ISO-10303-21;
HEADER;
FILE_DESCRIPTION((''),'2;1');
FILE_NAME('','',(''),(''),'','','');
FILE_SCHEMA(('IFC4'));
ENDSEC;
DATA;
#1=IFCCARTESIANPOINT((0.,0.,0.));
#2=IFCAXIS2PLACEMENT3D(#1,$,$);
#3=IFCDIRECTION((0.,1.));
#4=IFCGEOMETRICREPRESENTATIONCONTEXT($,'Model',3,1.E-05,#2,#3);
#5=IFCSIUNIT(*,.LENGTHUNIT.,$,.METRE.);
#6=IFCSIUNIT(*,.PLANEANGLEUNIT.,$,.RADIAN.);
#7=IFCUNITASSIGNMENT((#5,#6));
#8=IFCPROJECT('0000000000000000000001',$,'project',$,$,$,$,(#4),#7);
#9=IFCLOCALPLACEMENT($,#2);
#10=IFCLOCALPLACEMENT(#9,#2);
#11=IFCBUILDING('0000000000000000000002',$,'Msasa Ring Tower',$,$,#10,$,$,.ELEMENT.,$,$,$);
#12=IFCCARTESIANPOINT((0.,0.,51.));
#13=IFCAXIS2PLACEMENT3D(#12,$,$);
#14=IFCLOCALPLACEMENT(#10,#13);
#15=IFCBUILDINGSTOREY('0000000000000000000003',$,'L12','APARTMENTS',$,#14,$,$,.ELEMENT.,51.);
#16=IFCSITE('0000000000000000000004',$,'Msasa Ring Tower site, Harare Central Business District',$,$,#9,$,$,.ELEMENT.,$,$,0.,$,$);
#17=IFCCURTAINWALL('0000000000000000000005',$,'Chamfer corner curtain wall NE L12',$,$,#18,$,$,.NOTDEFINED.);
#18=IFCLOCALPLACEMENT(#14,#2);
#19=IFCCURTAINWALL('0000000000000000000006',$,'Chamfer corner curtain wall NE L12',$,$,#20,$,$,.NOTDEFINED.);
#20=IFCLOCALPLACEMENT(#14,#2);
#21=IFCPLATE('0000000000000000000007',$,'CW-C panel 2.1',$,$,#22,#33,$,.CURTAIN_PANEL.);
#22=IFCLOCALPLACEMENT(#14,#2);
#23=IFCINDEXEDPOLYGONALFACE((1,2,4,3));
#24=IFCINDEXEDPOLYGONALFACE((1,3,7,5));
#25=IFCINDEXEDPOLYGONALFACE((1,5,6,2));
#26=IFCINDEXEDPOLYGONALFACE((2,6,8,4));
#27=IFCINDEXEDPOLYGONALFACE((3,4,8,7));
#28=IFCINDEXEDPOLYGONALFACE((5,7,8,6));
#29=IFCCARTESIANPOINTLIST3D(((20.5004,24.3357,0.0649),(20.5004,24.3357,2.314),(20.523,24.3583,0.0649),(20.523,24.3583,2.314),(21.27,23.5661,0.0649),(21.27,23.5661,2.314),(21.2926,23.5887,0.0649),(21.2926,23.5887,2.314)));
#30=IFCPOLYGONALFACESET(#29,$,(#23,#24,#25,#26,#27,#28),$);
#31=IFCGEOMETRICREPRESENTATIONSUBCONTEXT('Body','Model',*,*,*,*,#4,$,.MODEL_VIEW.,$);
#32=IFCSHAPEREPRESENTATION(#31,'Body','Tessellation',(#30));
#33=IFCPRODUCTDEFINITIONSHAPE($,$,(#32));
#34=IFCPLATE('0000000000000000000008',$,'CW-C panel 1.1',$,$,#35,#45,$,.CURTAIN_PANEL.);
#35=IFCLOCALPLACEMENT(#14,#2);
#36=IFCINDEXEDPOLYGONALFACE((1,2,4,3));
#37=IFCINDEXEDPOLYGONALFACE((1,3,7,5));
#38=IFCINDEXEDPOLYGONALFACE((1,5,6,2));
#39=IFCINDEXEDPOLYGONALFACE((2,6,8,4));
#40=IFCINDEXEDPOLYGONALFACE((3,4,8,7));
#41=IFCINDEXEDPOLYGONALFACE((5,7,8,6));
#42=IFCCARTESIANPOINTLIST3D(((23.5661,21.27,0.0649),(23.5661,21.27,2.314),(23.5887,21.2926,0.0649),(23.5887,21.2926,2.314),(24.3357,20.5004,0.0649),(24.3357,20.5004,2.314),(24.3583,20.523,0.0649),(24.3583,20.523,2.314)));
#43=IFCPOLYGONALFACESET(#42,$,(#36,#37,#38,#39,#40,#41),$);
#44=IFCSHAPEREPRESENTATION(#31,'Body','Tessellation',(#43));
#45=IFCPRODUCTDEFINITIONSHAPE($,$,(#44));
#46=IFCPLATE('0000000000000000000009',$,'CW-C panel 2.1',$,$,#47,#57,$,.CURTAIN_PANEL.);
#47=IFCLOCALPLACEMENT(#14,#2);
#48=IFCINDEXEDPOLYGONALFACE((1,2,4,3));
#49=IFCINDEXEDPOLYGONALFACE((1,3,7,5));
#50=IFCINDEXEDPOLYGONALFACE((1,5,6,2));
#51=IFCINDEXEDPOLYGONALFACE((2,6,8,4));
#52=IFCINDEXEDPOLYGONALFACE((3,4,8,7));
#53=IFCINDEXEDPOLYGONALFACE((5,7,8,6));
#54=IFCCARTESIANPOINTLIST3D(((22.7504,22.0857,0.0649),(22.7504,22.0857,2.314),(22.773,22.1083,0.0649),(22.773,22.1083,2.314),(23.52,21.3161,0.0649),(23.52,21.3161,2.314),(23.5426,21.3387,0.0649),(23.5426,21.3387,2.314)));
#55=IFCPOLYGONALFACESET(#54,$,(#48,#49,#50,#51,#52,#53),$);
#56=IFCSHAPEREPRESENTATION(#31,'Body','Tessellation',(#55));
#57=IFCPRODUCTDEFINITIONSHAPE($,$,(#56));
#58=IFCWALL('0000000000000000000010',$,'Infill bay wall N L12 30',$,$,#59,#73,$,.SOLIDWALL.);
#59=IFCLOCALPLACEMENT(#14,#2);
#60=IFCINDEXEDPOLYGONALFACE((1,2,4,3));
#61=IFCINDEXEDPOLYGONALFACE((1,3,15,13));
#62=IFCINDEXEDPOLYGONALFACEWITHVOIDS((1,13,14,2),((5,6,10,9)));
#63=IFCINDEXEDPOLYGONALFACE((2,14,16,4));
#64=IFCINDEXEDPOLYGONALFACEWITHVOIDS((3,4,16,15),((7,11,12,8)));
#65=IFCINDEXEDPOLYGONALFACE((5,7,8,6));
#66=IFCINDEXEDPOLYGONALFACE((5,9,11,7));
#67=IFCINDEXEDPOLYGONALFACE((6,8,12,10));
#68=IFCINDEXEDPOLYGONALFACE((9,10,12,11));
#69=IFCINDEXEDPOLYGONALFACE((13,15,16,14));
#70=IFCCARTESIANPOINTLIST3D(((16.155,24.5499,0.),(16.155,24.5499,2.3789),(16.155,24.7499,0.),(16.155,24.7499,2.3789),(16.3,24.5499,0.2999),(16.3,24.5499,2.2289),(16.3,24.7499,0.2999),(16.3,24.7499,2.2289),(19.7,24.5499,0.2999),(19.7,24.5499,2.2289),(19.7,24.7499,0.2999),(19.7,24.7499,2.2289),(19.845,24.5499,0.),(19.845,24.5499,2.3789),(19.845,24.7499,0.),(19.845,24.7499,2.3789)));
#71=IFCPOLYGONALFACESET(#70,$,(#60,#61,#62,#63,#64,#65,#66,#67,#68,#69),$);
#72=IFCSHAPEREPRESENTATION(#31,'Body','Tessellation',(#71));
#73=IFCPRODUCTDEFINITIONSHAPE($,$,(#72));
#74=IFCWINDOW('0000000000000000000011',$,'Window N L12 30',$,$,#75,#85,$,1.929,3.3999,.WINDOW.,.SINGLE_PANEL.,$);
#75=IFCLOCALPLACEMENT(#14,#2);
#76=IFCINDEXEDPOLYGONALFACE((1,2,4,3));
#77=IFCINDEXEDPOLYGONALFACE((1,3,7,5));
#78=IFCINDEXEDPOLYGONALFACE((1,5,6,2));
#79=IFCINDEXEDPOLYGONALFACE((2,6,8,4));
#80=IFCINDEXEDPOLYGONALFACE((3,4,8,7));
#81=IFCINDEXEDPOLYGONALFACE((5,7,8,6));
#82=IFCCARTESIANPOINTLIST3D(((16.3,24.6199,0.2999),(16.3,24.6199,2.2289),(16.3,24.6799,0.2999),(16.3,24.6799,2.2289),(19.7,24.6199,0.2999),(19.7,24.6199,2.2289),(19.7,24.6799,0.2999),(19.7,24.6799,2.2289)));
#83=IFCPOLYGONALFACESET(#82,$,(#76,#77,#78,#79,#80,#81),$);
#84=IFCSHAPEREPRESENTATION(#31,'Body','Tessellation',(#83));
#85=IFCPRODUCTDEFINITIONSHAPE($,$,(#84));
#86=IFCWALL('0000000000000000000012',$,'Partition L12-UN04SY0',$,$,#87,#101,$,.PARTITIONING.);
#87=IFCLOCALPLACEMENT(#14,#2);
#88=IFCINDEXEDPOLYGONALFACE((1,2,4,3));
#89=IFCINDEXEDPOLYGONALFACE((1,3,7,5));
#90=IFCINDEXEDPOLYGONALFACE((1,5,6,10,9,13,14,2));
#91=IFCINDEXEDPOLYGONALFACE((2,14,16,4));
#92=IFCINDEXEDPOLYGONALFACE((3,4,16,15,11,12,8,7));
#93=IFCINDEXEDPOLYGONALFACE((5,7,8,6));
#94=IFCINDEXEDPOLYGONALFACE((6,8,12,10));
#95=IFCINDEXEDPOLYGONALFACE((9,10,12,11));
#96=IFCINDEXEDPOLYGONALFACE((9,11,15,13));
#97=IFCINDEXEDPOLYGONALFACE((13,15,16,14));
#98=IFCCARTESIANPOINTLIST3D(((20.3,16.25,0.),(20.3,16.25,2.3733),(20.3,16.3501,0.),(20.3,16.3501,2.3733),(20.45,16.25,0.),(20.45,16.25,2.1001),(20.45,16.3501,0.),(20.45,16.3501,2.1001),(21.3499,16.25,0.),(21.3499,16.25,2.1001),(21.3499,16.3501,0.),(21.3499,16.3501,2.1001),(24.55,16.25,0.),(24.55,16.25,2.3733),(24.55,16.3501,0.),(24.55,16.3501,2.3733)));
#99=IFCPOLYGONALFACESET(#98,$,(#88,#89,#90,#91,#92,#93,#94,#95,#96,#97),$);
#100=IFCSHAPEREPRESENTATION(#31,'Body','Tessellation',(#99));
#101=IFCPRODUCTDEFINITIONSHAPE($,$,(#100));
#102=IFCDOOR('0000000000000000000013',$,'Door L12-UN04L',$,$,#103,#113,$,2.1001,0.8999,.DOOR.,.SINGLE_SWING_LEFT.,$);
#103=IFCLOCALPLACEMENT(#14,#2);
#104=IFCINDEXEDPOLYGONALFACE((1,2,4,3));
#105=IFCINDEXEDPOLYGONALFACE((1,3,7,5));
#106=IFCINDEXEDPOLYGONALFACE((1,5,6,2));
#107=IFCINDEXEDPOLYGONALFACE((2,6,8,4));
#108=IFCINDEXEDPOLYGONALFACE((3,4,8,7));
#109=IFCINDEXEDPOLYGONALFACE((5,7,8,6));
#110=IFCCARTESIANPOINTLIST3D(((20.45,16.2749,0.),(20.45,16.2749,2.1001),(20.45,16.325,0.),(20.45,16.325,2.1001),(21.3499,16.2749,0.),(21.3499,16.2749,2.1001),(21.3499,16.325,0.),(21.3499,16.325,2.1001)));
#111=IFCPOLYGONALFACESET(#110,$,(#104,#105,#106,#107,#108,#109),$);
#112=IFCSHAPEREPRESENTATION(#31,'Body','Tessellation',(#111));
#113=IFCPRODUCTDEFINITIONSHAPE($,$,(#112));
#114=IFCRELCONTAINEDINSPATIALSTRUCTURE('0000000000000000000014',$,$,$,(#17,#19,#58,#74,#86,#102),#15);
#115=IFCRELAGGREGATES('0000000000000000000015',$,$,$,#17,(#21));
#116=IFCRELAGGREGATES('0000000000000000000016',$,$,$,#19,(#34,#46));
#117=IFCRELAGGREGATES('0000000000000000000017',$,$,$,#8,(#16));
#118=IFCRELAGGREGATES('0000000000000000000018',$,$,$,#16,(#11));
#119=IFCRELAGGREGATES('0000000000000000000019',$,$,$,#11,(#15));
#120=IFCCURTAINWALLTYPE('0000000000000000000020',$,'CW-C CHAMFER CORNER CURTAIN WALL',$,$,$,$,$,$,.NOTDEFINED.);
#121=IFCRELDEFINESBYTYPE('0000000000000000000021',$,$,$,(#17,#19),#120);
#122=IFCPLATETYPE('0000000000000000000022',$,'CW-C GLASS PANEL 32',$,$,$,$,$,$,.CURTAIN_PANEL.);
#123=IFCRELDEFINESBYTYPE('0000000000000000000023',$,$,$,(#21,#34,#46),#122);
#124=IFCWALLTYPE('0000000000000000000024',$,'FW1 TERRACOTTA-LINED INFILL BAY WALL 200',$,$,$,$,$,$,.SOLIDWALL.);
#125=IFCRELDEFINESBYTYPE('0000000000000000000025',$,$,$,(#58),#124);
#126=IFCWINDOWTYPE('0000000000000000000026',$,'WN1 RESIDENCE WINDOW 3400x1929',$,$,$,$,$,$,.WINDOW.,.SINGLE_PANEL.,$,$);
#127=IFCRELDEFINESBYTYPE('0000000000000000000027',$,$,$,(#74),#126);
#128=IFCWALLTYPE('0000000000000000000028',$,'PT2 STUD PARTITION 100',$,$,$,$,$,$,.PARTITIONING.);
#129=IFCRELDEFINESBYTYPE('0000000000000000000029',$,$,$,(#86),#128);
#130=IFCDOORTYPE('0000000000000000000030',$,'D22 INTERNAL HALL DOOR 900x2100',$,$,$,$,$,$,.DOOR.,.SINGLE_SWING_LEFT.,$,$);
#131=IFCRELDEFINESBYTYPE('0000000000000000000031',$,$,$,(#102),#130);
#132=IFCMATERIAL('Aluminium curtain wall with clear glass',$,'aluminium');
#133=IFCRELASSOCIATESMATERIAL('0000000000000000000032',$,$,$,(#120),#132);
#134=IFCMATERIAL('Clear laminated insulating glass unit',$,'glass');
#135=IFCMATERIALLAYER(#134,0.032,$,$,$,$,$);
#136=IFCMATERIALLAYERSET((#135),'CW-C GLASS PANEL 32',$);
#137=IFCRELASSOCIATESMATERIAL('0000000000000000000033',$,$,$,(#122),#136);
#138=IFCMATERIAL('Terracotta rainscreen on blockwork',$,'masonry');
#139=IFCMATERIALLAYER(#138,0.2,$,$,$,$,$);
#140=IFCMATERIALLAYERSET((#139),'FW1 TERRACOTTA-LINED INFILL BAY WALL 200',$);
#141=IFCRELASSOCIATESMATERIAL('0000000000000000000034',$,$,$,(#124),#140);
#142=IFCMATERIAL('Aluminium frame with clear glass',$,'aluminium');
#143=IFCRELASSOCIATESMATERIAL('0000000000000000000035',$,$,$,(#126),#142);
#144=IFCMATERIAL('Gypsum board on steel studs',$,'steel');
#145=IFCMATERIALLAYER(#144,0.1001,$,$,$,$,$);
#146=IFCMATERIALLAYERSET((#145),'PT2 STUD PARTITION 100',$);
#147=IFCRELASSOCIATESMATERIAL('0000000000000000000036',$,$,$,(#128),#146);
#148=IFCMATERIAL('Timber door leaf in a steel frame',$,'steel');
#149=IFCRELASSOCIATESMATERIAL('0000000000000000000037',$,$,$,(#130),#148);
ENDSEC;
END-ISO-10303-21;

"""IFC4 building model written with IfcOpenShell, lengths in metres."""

from ifc_helpers import new_model, si_unit, direction, frame, frame_2d, origin, origin_2d, place, context, subcontext, project, spatial, rectangle, extrude, material, layer, layer_set, type_object, element, fill, aggregate, save


model = new_model("IFC4")

# Units and contexts
model_context = context("Model", 3, precision=1e-05, world=origin(), true_north=direction((0.0, 1.0)))
body_context = subcontext(model_context, "Body", "Model", "MODEL_VIEW")
ifc_project = project(units=[si_unit("LENGTHUNIT", "METRE"), si_unit("PLANEANGLEUNIT", "RADIAN")], contexts=[model_context])

# Site, building, storey
site_placement = place(None, origin())
site = spatial("IfcSite", under=ifc_project, at=site_placement, Name="Msasa Ring Tower site, Harare Central Business District", CompositionType="ELEMENT", RefElevation=0.0)
building_placement = place(site_placement, origin())
building = spatial("IfcBuilding", under=site, at=building_placement, Name="Msasa Ring Tower", CompositionType="ELEMENT")
storey_placement = place(building_placement, frame((0.0, 0.0, 51.0)))
storey = spatial("IfcBuildingStorey", under=building, at=storey_placement, Name="L12", Description="APARTMENTS", CompositionType="ELEMENT", Elevation=51.0)

# Curtain walls
ifc_material_1 = material(Name="Aluminium curtain wall with clear glass", Category="aluminium")
curtain_wall_type = type_object("IfcCurtainWallType", Name="CW-C CHAMFER CORNER CURTAIN WALL", PredefinedType="NOTDEFINED", material=ifc_material_1)
curtain_wall_1_placement = place(storey_placement, origin())
curtain_wall_1 = element("IfcCurtainWall", 1, at=curtain_wall_1_placement, inside=storey, type_object=curtain_wall_type, Name="Chamfer corner curtain wall NE L12", PredefinedType="NOTDEFINED")
curtain_wall_2_placement = place(storey_placement, origin())
curtain_wall_2 = element("IfcCurtainWall", 2, at=curtain_wall_2_placement, inside=storey, type_object=curtain_wall_type, Name="Chamfer corner curtain wall NE L12", PredefinedType="NOTDEFINED")

# Plates
ifc_material_2 = material(Name="Clear laminated insulating glass unit", Category="glass")
ifc_layer_1 = layer(ifc_material_2, 0.032)
ifc_layer_set_1 = layer_set([ifc_layer_1], Name="CW-C GLASS PANEL 32")
plate_type = type_object("IfcPlateType", Name="CW-C GLASS PANEL 32", PredefinedType="CURTAIN_PANEL", material=ifc_layer_set_1)
plate_1_placement = place(storey_placement, frame((20.8965, 23.9622, 0.0649), z_axis=(0.0, 0.0, 1.0), x_axis=(-0.707107, 0.707107, 0.0)))
plate_1 = element("IfcPlate", 3, at=plate_1_placement, type_object=plate_type, Name="CW-C panel 2.1", PredefinedType="CURTAIN_PANEL", context=body_context, shape_type="SweptSolid", body=[
    extrude(rectangle(XDim=1.0884, YDim=0.032, at=origin_2d()), origin(), (0.0, 0.0, 1.0), 2.249),
])
aggregate(curtain_wall_1, [plate_1])
plate_2_placement = place(storey_placement, frame((23.9622, 20.8965, 0.0649), z_axis=(0.0, 0.0, 1.0), x_axis=(-0.707107, 0.707107, 0.0)))
plate_2 = element("IfcPlate", 4, at=plate_2_placement, type_object=plate_type, Name="CW-C panel 1.1", PredefinedType="CURTAIN_PANEL", context=body_context, shape_type="SweptSolid", body=[
    extrude(rectangle(XDim=1.0884, YDim=0.032, at=origin_2d()), origin(), (0.0, 0.0, 1.0), 2.249),
])
plate_3_placement = place(storey_placement, frame((23.1465, 21.7122, 0.0649), z_axis=(0.0, 0.0, 1.0), x_axis=(-0.707107, 0.707107, 0.0)))
plate_3 = element("IfcPlate", 5, at=plate_3_placement, type_object=plate_type, Name="CW-C panel 2.1", PredefinedType="CURTAIN_PANEL", context=body_context, shape_type="SweptSolid", body=[
    extrude(rectangle(XDim=1.0884, YDim=0.032, at=origin_2d()), origin(), (0.0, 0.0, 1.0), 2.249),
])
aggregate(curtain_wall_2, [plate_2, plate_3])

# Wall, opening, window
ifc_material_3 = material(Name="Terracotta rainscreen on blockwork", Category="masonry")
ifc_layer_2 = layer(ifc_material_3, 0.2)
ifc_layer_set_2 = layer_set([ifc_layer_2], Name="FW1 TERRACOTTA-LINED INFILL BAY WALL 200")
wall_type_1 = type_object("IfcWallType", Name="FW1 TERRACOTTA-LINED INFILL BAY WALL 200", PredefinedType="SOLIDWALL", material=ifc_layer_set_2)
wall_1_placement = place(storey_placement, frame((16.155, 24.6499, 0.0), z_axis=(0.0, 0.0, 1.0), x_axis=(1.0, 0.0, 0.0)))
wall_1 = element("IfcWall", 6, at=wall_1_placement, inside=storey, type_object=wall_type_1, Name="Infill bay wall N L12 30", PredefinedType="SOLIDWALL", context=body_context, shape_type="SweptSolid", body=[
    extrude(rectangle(XDim=3.6899, YDim=0.2, at=frame_2d((1.845, 0.0))), origin(), (0.0, 0.0, 1.0), 2.3789),
])
opening_1_placement = place(wall_1_placement, frame((0.145, 0.0, 0.3)))
opening_1 = element("IfcOpeningElement", 7, at=opening_1_placement, cuts=wall_1, PredefinedType="OPENING", context=body_context, shape_type="SweptSolid", body=[
    extrude(rectangle(XDim=3.3999, YDim=1.929, at=frame_2d((1.7, 0.9644))), frame((0.0, 0.1099, 0.0), z_axis=(0.0, -1.0, 0.0), x_axis=(1.0, 0.0, 0.0)), (0.0, 0.0, 1.0), 0.22),
])
ifc_material_4 = material(Name="Aluminium frame with clear glass", Category="aluminium")
window_type = type_object("IfcWindowType", Name="WN1 RESIDENCE WINDOW 3400x1929", PartitioningType="SINGLE_PANEL", PredefinedType="WINDOW", material=ifc_material_4)
window_placement = place(opening_1_placement, origin())
window = element("IfcWindow", 8, at=window_placement, inside=storey, type_object=window_type, Name="Window N L12 30", OverallHeight=1.929, OverallWidth=3.3999, PartitioningType="SINGLE_PANEL", PredefinedType="WINDOW", context=body_context, shape_type="SweptSolid", body=[
    extrude(rectangle(XDim=3.3999, YDim=1.929, at=frame_2d((1.7, 0.9644))), frame((0.0, 0.03, 0.0), z_axis=(0.0, -1.0, 0.0), x_axis=(1.0, 0.0, 0.0)), (0.0, 0.0, 1.0), 0.0601),
])
fill(opening_1, window)

# Wall, opening, door
ifc_material_5 = material(Name="Gypsum board on steel studs", Category="steel")
ifc_layer_3 = layer(ifc_material_5, 0.1001)
ifc_layer_set_3 = layer_set([ifc_layer_3], Name="PT2 STUD PARTITION 100")
wall_type_2 = type_object("IfcWallType", Name="PT2 STUD PARTITION 100", PredefinedType="PARTITIONING", material=ifc_layer_set_3)
wall_2_placement = place(storey_placement, frame((20.3, 16.3, 0.0), z_axis=(0.0, 0.0, 1.0), x_axis=(1.0, 0.0, 0.0)))
wall_2 = element("IfcWall", 9, at=wall_2_placement, inside=storey, type_object=wall_type_2, Name="Partition L12-UN04SY0", PredefinedType="PARTITIONING", context=body_context, shape_type="SweptSolid", body=[
    extrude(rectangle(XDim=4.25, YDim=0.1001, at=frame_2d((2.125, 0.0))), origin(), (0.0, 0.0, 1.0), 2.3733),
])
opening_2_placement = place(wall_2_placement, frame((0.1499, 0.0, 0.0)))
opening_2 = element("IfcOpeningElement", 10, at=opening_2_placement, cuts=wall_2, PredefinedType="OPENING", context=body_context, shape_type="SweptSolid", body=[
    extrude(rectangle(XDim=0.8999, YDim=2.1001, at=frame_2d((0.45, 1.05))), frame((0.0, 0.0601, 0.0), z_axis=(0.0, -1.0, 0.0), x_axis=(1.0, 0.0, 0.0)), (0.0, 0.0, 1.0), 0.1201),
])
ifc_material_6 = material(Name="Timber door leaf in a steel frame", Category="steel")
door_type = type_object("IfcDoorType", Name="D22 INTERNAL HALL DOOR 900x2100", OperationType="SINGLE_SWING_LEFT", PredefinedType="DOOR", material=ifc_material_6)
door_placement = place(opening_2_placement, origin())
door = element("IfcDoor", 11, at=door_placement, inside=storey, type_object=door_type, Name="Door L12-UN04L", OperationType="SINGLE_SWING_LEFT", OverallHeight=2.1001, OverallWidth=0.8999, PredefinedType="DOOR", context=body_context, shape_type="SweptSolid", body=[
    extrude(rectangle(XDim=0.8999, YDim=2.1001, at=frame_2d((0.45, 1.05))), frame((0.0, 0.0249, 0.0), z_axis=(0.0, -1.0, 0.0), x_axis=(1.0, 0.0, 0.0)), (0.0, 0.0, 1.0), 0.05),
])
fill(opening_2, door)

save(model, "model.ifc")
